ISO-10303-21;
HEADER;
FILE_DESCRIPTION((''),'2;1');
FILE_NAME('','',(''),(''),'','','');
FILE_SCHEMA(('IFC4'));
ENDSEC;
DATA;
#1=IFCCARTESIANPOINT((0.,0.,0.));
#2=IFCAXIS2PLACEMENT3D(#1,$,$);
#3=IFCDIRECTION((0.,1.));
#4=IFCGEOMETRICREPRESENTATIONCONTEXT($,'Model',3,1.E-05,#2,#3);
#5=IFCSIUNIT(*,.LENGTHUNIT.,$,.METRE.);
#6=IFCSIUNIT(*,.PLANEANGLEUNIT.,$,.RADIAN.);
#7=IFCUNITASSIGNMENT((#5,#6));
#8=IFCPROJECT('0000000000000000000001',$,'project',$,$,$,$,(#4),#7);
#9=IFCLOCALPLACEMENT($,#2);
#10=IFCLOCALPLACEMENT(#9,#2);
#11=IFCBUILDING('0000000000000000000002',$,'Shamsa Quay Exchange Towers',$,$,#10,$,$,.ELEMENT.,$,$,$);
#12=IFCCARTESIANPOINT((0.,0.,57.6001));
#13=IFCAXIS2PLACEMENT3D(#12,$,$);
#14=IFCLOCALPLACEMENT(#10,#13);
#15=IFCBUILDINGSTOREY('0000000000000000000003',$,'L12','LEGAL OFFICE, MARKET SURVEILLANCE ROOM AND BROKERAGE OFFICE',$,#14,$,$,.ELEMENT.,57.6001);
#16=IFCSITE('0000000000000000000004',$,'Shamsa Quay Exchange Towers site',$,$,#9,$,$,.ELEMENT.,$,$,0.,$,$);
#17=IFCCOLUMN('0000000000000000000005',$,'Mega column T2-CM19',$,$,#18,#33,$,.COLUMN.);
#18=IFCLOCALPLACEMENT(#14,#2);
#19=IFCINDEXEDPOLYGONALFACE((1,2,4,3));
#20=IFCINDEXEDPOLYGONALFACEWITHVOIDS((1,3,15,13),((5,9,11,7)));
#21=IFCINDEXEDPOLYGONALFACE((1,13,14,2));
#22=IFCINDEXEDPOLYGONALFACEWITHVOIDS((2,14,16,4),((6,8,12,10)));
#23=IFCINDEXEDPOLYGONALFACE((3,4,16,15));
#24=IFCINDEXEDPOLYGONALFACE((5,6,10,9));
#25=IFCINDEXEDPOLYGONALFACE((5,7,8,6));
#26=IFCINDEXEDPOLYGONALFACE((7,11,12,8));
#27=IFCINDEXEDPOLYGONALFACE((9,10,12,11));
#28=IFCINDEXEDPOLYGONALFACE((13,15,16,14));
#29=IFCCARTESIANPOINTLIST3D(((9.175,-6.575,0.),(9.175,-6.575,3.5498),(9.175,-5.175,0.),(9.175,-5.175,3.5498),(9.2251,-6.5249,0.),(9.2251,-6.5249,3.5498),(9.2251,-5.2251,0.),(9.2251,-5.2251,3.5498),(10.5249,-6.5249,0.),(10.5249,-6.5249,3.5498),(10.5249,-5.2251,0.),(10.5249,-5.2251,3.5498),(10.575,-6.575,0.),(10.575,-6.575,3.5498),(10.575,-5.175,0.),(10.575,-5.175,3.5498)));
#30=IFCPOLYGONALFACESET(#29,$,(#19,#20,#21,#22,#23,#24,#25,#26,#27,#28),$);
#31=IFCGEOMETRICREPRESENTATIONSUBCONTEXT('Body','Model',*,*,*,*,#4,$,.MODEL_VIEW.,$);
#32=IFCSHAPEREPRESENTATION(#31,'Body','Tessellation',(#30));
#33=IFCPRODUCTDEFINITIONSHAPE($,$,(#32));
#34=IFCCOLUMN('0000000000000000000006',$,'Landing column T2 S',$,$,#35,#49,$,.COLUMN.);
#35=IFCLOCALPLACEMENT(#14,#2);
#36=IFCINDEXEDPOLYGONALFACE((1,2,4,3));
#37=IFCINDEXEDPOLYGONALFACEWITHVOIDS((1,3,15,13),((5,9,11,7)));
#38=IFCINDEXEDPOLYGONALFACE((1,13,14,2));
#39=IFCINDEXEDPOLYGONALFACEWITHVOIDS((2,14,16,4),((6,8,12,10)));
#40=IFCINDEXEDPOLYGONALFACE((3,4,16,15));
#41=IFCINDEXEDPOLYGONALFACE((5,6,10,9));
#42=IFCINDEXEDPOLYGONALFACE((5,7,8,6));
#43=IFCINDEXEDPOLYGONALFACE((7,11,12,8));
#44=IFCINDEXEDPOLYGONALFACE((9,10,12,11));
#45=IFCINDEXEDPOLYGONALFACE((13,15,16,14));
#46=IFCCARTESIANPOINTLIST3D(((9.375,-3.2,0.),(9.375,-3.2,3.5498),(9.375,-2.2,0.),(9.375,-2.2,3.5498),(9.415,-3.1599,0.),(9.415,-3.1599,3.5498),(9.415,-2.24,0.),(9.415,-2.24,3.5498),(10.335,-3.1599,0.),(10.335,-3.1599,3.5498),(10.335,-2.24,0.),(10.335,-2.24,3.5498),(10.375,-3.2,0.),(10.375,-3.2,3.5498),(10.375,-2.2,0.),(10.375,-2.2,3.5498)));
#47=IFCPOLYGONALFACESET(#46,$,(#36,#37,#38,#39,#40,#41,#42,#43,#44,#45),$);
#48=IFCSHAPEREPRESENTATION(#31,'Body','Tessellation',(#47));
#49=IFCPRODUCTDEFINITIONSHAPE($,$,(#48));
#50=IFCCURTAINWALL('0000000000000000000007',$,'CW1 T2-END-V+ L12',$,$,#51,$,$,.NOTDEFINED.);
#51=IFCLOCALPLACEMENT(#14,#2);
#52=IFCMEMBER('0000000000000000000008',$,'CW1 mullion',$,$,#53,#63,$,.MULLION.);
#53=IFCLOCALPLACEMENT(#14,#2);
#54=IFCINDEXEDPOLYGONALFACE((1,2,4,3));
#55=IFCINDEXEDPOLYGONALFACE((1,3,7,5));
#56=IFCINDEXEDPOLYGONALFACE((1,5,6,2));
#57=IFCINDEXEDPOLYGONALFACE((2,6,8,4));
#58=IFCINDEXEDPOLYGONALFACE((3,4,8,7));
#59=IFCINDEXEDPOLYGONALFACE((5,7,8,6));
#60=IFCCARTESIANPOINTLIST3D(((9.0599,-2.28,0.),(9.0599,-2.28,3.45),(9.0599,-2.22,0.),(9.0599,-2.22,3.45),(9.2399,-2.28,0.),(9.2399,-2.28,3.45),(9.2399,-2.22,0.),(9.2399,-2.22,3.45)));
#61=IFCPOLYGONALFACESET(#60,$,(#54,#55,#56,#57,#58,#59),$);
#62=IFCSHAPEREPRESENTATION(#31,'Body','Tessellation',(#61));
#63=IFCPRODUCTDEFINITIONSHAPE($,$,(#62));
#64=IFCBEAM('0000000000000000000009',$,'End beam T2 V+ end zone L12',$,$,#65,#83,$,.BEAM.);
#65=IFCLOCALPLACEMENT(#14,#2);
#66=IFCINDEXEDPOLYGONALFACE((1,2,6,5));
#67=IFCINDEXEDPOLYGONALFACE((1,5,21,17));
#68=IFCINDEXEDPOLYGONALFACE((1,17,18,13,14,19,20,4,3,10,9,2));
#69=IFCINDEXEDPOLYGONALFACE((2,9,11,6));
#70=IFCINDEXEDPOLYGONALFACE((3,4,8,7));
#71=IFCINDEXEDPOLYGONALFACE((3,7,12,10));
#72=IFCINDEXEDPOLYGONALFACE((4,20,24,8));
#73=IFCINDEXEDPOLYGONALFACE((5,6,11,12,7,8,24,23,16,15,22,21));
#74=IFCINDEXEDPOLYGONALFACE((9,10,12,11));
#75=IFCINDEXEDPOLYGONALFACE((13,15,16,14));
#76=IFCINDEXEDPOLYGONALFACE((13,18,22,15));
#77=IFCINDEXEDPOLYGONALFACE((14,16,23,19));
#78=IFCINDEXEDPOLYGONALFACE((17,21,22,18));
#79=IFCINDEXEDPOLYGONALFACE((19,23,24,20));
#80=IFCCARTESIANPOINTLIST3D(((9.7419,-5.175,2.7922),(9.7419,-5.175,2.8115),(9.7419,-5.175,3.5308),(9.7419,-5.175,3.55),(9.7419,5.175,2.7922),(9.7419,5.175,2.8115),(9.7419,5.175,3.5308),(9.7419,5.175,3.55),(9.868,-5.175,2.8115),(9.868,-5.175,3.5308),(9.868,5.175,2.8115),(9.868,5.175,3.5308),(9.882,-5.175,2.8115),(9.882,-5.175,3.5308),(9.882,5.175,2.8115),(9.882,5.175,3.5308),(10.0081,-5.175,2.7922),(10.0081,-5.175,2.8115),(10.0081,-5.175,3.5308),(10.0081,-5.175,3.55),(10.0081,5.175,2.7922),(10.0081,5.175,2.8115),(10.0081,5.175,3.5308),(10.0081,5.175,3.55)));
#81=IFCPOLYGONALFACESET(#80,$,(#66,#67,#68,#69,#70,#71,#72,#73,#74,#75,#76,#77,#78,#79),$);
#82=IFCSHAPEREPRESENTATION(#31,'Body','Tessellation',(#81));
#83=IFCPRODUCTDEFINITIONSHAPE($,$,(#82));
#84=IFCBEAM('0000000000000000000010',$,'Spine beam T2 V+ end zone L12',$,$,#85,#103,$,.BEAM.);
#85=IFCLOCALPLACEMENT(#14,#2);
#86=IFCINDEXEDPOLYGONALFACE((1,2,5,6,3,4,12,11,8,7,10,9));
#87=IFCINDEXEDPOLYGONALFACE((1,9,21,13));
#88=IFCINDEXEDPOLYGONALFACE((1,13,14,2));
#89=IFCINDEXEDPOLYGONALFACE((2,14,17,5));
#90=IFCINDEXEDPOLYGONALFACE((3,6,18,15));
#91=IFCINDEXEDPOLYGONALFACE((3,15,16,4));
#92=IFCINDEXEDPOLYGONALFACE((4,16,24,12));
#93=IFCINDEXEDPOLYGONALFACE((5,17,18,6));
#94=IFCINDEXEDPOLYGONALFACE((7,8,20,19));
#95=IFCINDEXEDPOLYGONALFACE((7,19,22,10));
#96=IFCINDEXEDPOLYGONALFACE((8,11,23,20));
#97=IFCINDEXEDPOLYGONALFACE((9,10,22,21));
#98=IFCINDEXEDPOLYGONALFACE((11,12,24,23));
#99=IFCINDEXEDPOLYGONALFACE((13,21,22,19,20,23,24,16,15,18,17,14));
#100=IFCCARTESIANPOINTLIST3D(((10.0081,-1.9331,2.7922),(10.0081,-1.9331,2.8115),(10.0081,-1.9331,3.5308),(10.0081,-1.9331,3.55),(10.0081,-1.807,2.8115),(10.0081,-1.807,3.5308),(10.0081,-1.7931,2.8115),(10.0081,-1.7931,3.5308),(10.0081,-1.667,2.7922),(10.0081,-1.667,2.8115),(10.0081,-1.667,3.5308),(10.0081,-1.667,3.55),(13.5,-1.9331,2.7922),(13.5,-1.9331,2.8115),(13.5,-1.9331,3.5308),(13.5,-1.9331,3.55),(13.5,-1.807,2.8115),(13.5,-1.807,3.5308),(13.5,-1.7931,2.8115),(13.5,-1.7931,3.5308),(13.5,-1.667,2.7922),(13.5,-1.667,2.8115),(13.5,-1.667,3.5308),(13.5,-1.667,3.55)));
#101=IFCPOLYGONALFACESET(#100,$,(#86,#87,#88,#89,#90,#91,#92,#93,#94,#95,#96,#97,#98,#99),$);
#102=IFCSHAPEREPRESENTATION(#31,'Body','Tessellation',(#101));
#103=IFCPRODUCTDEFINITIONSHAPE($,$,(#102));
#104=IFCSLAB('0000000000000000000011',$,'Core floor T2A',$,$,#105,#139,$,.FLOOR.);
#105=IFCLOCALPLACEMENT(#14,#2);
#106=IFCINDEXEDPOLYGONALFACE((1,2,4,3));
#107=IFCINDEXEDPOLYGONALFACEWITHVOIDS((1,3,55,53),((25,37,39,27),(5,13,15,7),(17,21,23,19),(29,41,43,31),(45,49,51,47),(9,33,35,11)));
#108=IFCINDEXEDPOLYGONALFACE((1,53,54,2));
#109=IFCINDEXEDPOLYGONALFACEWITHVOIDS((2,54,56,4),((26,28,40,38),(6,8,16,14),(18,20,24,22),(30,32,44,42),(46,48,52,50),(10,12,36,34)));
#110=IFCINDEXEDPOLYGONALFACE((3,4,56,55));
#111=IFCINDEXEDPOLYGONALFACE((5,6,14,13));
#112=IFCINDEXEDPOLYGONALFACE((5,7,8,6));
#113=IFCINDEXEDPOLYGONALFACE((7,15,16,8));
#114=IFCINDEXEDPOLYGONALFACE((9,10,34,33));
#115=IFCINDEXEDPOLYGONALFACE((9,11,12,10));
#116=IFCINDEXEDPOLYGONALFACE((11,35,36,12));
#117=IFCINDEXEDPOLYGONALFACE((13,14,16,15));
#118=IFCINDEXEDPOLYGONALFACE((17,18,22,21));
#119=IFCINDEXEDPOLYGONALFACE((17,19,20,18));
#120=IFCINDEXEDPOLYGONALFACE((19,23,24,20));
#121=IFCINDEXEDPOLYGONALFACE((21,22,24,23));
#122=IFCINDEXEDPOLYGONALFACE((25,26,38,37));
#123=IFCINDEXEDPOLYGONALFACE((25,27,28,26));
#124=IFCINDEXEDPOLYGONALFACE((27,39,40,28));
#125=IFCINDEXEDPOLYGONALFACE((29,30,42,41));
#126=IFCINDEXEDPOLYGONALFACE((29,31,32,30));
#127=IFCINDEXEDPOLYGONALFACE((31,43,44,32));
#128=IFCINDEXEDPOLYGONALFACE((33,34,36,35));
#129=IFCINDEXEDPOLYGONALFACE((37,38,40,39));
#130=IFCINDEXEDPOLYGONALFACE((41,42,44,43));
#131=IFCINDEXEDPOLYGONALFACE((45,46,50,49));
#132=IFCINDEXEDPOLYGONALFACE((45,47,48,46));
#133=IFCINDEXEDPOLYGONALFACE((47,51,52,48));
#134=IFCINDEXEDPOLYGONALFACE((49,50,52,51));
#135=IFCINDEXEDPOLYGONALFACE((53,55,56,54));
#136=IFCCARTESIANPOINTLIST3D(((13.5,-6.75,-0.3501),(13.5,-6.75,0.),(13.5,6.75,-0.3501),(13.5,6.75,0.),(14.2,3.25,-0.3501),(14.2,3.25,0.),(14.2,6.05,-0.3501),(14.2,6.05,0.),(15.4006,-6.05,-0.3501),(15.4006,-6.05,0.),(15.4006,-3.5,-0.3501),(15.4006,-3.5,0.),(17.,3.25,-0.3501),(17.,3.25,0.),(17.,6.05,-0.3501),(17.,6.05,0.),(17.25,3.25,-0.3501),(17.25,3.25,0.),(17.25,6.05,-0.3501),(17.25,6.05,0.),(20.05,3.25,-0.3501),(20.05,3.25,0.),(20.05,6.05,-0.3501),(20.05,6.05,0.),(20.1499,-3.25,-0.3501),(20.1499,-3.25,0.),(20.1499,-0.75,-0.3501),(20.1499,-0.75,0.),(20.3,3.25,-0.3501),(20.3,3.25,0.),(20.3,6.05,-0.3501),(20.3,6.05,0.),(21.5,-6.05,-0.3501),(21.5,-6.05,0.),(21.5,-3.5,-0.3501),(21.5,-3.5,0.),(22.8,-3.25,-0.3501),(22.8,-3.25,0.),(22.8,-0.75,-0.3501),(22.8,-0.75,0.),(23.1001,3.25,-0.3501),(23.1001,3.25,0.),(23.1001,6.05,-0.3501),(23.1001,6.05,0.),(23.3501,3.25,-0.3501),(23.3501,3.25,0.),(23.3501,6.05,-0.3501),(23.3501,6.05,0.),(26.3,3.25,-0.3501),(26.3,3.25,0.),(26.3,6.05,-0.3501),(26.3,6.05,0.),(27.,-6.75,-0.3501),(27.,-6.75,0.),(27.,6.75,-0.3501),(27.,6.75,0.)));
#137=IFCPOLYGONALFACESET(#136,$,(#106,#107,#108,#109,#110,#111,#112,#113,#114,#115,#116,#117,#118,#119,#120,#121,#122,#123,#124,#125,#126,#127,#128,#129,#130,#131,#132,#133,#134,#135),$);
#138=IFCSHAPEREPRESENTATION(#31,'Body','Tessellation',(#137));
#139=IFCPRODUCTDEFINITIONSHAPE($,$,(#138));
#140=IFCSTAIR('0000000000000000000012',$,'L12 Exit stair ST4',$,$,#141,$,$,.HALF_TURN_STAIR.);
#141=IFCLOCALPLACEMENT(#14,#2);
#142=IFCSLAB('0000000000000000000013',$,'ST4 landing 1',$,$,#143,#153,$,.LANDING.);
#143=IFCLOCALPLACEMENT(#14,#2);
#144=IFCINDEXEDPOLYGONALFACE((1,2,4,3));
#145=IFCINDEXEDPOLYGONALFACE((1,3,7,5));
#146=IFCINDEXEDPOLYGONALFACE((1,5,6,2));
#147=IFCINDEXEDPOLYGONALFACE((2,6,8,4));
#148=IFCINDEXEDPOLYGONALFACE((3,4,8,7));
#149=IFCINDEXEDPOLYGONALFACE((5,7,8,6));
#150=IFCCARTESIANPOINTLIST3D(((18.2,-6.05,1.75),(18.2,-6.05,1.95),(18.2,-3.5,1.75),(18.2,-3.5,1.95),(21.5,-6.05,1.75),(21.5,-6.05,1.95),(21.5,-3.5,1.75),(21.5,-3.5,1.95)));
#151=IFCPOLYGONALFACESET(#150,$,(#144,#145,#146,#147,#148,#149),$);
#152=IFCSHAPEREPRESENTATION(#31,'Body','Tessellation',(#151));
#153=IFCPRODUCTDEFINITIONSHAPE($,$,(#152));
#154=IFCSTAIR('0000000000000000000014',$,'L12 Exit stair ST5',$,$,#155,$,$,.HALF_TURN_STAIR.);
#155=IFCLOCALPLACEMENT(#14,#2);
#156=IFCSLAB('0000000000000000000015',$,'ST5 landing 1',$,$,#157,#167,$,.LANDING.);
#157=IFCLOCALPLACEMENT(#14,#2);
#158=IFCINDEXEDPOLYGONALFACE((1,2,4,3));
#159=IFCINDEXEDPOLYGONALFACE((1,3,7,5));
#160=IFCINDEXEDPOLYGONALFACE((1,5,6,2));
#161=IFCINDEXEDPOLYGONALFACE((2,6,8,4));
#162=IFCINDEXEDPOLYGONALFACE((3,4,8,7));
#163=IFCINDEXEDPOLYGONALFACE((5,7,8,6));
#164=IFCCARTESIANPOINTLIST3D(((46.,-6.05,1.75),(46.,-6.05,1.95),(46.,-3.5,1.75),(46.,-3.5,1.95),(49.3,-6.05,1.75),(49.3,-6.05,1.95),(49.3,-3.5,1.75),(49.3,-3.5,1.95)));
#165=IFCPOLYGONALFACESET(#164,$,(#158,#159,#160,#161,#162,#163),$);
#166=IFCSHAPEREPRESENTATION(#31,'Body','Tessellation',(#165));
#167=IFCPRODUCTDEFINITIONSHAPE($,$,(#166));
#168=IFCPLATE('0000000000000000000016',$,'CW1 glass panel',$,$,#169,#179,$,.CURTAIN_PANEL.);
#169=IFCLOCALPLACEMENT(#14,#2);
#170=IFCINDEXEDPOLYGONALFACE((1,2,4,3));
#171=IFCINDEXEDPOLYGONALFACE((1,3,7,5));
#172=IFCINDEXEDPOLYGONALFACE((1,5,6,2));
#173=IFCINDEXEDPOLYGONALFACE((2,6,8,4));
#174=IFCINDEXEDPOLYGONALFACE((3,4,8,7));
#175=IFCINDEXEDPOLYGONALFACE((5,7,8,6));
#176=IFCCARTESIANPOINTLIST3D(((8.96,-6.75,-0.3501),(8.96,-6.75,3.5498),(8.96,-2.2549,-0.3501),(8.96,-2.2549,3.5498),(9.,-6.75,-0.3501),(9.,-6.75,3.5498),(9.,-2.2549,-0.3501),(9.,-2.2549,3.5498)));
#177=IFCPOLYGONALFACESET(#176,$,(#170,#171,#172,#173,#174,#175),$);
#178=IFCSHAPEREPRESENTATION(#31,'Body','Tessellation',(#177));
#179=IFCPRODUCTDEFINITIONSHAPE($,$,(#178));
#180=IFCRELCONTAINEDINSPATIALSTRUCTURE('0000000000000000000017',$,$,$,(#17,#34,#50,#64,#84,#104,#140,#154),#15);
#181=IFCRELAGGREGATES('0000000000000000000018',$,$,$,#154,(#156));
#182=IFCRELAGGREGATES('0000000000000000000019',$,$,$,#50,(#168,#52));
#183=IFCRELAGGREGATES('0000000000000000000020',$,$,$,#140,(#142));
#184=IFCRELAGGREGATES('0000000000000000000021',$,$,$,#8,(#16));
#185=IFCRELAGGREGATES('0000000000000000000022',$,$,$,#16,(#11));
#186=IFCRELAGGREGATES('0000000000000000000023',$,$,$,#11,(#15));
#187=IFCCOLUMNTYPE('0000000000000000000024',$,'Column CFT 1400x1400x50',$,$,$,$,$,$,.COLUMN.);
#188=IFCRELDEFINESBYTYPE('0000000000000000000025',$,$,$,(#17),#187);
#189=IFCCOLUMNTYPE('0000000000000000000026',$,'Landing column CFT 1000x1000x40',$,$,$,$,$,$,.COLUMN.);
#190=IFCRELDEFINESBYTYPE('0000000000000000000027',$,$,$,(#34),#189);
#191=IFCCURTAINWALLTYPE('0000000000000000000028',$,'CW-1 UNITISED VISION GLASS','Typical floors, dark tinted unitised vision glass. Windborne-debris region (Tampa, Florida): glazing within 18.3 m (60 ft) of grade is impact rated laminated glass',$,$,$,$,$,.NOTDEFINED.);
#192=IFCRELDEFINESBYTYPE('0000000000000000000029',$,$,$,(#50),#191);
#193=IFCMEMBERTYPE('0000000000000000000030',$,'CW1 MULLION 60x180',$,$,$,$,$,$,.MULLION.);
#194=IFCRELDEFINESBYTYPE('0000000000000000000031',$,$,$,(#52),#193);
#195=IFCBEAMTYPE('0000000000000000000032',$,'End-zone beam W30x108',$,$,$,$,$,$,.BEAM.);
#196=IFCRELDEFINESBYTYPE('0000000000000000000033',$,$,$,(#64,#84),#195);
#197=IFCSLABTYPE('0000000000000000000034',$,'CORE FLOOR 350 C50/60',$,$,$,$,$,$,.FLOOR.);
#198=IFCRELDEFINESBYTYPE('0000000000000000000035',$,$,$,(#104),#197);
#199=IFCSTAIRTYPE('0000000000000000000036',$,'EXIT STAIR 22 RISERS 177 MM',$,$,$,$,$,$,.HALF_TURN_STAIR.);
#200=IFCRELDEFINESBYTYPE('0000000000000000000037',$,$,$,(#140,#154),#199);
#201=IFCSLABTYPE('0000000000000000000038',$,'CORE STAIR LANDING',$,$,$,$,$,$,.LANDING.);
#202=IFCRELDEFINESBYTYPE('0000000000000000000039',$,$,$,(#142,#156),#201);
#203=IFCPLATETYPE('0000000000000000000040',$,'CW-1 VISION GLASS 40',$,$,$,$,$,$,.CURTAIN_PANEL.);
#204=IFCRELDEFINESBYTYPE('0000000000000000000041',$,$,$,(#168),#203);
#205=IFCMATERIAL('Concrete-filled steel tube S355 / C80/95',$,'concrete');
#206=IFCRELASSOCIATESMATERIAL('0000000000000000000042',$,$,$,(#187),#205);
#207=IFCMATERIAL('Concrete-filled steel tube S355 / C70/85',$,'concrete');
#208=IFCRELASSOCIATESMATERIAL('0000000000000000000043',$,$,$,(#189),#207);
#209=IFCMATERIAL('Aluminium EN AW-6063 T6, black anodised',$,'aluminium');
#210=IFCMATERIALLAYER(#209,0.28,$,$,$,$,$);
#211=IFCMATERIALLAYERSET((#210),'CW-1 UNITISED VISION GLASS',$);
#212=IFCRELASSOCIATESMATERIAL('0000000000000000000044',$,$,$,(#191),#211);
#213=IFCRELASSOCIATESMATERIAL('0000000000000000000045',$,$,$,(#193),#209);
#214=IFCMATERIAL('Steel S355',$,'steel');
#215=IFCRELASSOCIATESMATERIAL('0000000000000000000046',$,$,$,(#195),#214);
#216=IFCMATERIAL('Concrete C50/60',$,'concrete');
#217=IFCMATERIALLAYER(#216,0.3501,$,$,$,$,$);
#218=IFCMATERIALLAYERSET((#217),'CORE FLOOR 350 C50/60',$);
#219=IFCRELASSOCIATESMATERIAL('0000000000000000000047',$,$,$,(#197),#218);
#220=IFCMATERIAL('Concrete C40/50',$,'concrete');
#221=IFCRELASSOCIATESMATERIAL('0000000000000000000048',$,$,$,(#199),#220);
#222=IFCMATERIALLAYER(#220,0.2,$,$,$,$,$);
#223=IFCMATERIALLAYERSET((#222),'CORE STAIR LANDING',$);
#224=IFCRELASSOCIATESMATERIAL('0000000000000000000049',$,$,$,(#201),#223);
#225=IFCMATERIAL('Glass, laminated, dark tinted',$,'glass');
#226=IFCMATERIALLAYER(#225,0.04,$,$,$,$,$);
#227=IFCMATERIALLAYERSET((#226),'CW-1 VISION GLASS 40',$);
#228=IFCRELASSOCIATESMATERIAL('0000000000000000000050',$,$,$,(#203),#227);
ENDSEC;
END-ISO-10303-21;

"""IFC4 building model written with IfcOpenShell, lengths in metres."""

from ifc_helpers import new_model, si_unit, direction, frame, origin, origin_2d, place, context, subcontext, project, spatial, polyline, rectangle, hollow_rectangle, i_section, outline, extrude, material, layer, layer_set, material_profile, profile_set, type_object, element, aggregate, save


model = new_model("IFC4")

# Units and contexts
model_context = context("Model", 3, precision=1e-05, world=origin(), true_north=direction((0.0, 1.0)))
body_context = subcontext(model_context, "Body", "Model", "MODEL_VIEW")
ifc_project = project(units=[si_unit("LENGTHUNIT", "METRE"), si_unit("PLANEANGLEUNIT", "RADIAN")], contexts=[model_context])

# Site, building, storey
site_placement = place(None, origin())
site = spatial("IfcSite", under=ifc_project, at=site_placement, Name="Shamsa Quay Exchange Towers site", CompositionType="ELEMENT", RefElevation=0.0)
building_placement = place(site_placement, origin())
building = spatial("IfcBuilding", under=site, at=building_placement, Name="Shamsa Quay Exchange Towers", CompositionType="ELEMENT")
storey_placement = place(building_placement, frame((0.0, 0.0, 57.6001)))
storey = spatial("IfcBuildingStorey", under=building, at=storey_placement, Name="L12", Description="LEGAL OFFICE, MARKET SURVEILLANCE ROOM AND BROKERAGE OFFICE", CompositionType="ELEMENT", Elevation=57.6001)

# Columns
ifc_material_1 = material(Name="Concrete-filled steel tube S355 / C80/95", Category="concrete")
ifc_material_profile_1 = material_profile(ifc_material_1, hollow_rectangle(XDim=1.3999, YDim=1.3999, WallThickness=0.05, at=origin_2d()), Name="CFT 1400x1400x50")
ifc_profile_set_1 = profile_set([ifc_material_profile_1], Name="Concrete-filled steel tube S355 / C80/95")
column_type_1 = type_object("IfcColumnType", Name="Column CFT 1400x1400x50", PredefinedType="COLUMN", material=ifc_profile_set_1)
column_1_placement = place(storey_placement, frame((9.875, -5.875, 0.0)))
element("IfcColumn", 1, at=column_1_placement, inside=storey, type_object=column_type_1, Name="Mega column T2-CM19", PredefinedType="COLUMN", context=body_context, shape_type="SweptSolid", body=[
    extrude(hollow_rectangle(XDim=1.3999, YDim=1.3999, WallThickness=0.05, at=origin_2d()), origin(), (0.0, 0.0, 1.0), 3.5498),
])
ifc_material_2 = material(Name="Concrete-filled steel tube S355 / C70/85", Category="concrete")
ifc_material_profile_2 = material_profile(ifc_material_2, hollow_rectangle(XDim=1.0, YDim=1.0, WallThickness=0.04, at=origin_2d()), Name="CFT 1000x1000x40")
ifc_profile_set_2 = profile_set([ifc_material_profile_2], Name="Concrete-filled steel tube S355 / C70/85")
column_type_2 = type_object("IfcColumnType", Name="Landing column CFT 1000x1000x40", PredefinedType="COLUMN", material=ifc_profile_set_2)
column_2_placement = place(storey_placement, frame((9.875, -2.7, 0.0)))
element("IfcColumn", 2, at=column_2_placement, inside=storey, type_object=column_type_2, Name="Landing column T2 S", PredefinedType="COLUMN", context=body_context, shape_type="SweptSolid", body=[
    extrude(hollow_rectangle(XDim=1.0, YDim=1.0, WallThickness=0.04, at=origin_2d()), origin(), (0.0, 0.0, 1.0), 3.5498),
])

# Curtain wall, member
ifc_material_3 = material(Name="Aluminium EN AW-6063 T6, black anodised", Category="aluminium")
ifc_layer_1 = layer(ifc_material_3, 0.28)
ifc_layer_set_1 = layer_set([ifc_layer_1], Name="CW-1 UNITISED VISION GLASS")
curtain_wall_type_1 = type_object("IfcCurtainWallType", Name="CW-1 UNITISED VISION GLASS", Description="Typical floors, dark tinted unitised vision glass. Windborne-debris region (Tampa, Florida): glazing within 18.3 m (60 ft) of grade is impact rated laminated glass", PredefinedType="NOTDEFINED", material=ifc_layer_set_1)
curtain_wall_1_placement = place(storey_placement, origin())
curtain_wall_1 = element("IfcCurtainWall", 3, at=curtain_wall_1_placement, inside=storey, type_object=curtain_wall_type_1, Name="CW1 T2-END-V+ L12", PredefinedType="NOTDEFINED")
ifc_material_profile_3 = material_profile(ifc_material_3, rectangle(XDim=0.1799, YDim=0.0601, at=origin_2d()), Name="MU60x180")
ifc_profile_set_3 = profile_set([ifc_material_profile_3], Name="Aluminium EN AW-6063 T6, black anodised")
member_type = type_object("IfcMemberType", Name="CW1 MULLION 60x180", PredefinedType="MULLION", material=ifc_profile_set_3)
member_placement = place(storey_placement, frame((9.1499, -2.25, 0.0)))
member = element("IfcMember", 4, at=member_placement, type_object=member_type, Name="CW1 mullion", PredefinedType="MULLION", context=body_context, shape_type="SweptSolid", body=[
    extrude(rectangle(XDim=0.1799, YDim=0.0601, at=origin_2d()), origin(), (0.0, 0.0, 1.0), 3.45),
])

# Beams
ifc_material_4 = material(Name="Steel S355", Category="steel")
ifc_material_profile_4 = material_profile(ifc_material_4, i_section(OverallWidth=0.2661, OverallDepth=0.7578, WebThickness=0.0139, FlangeThickness=0.0193, at=origin_2d()), Name="W30x108")
ifc_profile_set_4 = profile_set([ifc_material_profile_4], Name="Steel S355")
beam_type = type_object("IfcBeamType", Name="End-zone beam W30x108", PredefinedType="BEAM", material=ifc_profile_set_4)
beam_1_placement = place(storey_placement, frame((9.875, -5.175, 3.1711), z_axis=(0.0, 1.0, 0.0), x_axis=(-1.0, 0.0, 0.0)))
element("IfcBeam", 5, at=beam_1_placement, inside=storey, type_object=beam_type, Name="End beam T2 V+ end zone L12", PredefinedType="BEAM", context=body_context, shape_type="SweptSolid", body=[
    extrude(i_section(OverallWidth=0.2661, OverallDepth=0.7578, WebThickness=0.0139, FlangeThickness=0.0193, at=origin_2d()), origin(), (0.0, 0.0, 1.0), 10.3501),
])
beam_2_placement = place(storey_placement, frame((13.5, -1.8, 3.1711), z_axis=(-1.0, 0.0, 0.0), x_axis=(0.0, -1.0, 0.0)))
element("IfcBeam", 6, at=beam_2_placement, inside=storey, type_object=beam_type, Name="Spine beam T2 V+ end zone L12", PredefinedType="BEAM", context=body_context, shape_type="SweptSolid", body=[
    extrude(i_section(OverallWidth=0.2661, OverallDepth=0.7578, WebThickness=0.0139, FlangeThickness=0.0193, at=origin_2d()), origin(), (0.0, 0.0, 1.0), 3.4919),
])

# Slab
ifc_material_5 = material(Name="Concrete C50/60", Category="concrete")
ifc_layer_2 = layer(ifc_material_5, 0.3501)
ifc_layer_set_2 = layer_set([ifc_layer_2], Name="CORE FLOOR 350 C50/60")
slab_type_1 = type_object("IfcSlabType", Name="CORE FLOOR 350 C50/60", PredefinedType="FLOOR", material=ifc_layer_set_2)
slab_1_placement = place(storey_placement, frame((0.0, 0.0, -0.3501)))
element("IfcSlab", 7, at=slab_1_placement, inside=storey, type_object=slab_type_1, Name="Core floor T2A", PredefinedType="FLOOR", context=body_context, shape_type="SweptSolid", body=[
    extrude(outline(polyline([(13.5, -6.75), (27.0, -6.75), (27.0, 6.75), (13.5, 6.75), (13.5, -6.75)]), holes=[polyline([(15.4006, -6.05), (15.4006, -3.5), (21.5, -3.5), (21.5, -6.05), (15.4006, -6.05)]), polyline([(14.2, 3.25), (14.2, 6.05), (17.0, 6.05), (17.0, 3.25), (14.2, 3.25)]), polyline([(17.25, 3.25), (17.25, 6.05), (20.05, 6.05), (20.05, 3.25), (17.25, 3.25)]), polyline([(20.3, 3.25), (20.3, 6.05), (23.1001, 6.05), (23.1001, 3.25), (20.3, 3.25)]), polyline([(23.3501, 3.25), (23.3501, 6.05), (26.3, 6.05), (26.3, 3.25), (23.3501, 3.25)]), polyline([(20.1499, -3.25), (20.1499, -0.75), (22.8, -0.75), (22.8, -3.25), (20.1499, -3.25)])]), origin(), (0.0, 0.0, 1.0), 0.3501),
])

# Stairs, slabs
ifc_material_6 = material(Name="Concrete C40/50", Category="concrete")
stair_type = type_object("IfcStairType", Name="EXIT STAIR 22 RISERS 177 MM", PredefinedType="HALF_TURN_STAIR", material=ifc_material_6)
stair_1_placement = place(storey_placement, origin())
stair_1 = element("IfcStair", 8, at=stair_1_placement, inside=storey, type_object=stair_type, Name="L12 Exit stair ST4", PredefinedType="HALF_TURN_STAIR")
ifc_layer_3 = layer(ifc_material_6, 0.2)
ifc_layer_set_3 = layer_set([ifc_layer_3], Name="CORE STAIR LANDING")
slab_type_2 = type_object("IfcSlabType", Name="CORE STAIR LANDING", PredefinedType="LANDING", material=ifc_layer_set_3)
slab_2_placement = place(storey_placement, frame((0.0, 0.0, 1.75)))
slab_2 = element("IfcSlab", 9, at=slab_2_placement, type_object=slab_type_2, Name="ST4 landing 1", PredefinedType="LANDING", context=body_context, shape_type="SweptSolid", body=[
    extrude(outline(polyline([(18.2, -6.05), (21.5, -6.05), (21.5, -3.5), (18.2, -3.5), (18.2, -6.05)])), origin(), (0.0, 0.0, 1.0), 0.2),
])
stair_2_placement = place(storey_placement, origin())
stair_2 = element("IfcStair", 10, at=stair_2_placement, inside=storey, type_object=stair_type, Name="L12 Exit stair ST5", PredefinedType="HALF_TURN_STAIR")
slab_3_placement = place(storey_placement, frame((0.0, 0.0, 1.75)))
slab_3 = element("IfcSlab", 11, at=slab_3_placement, type_object=slab_type_2, Name="ST5 landing 1", PredefinedType="LANDING", context=body_context, shape_type="SweptSolid", body=[
    extrude(outline(polyline([(49.3, -3.5), (46.0, -3.5), (46.0, -6.05), (49.3, -6.05), (49.3, -3.5)])), origin(), (0.0, 0.0, 1.0), 0.2),
])
aggregate(stair_2, [slab_3])

# Plate
ifc_material_7 = material(Name="Glass, laminated, dark tinted", Category="glass")
ifc_layer_4 = layer(ifc_material_7, 0.04)
ifc_layer_set_4 = layer_set([ifc_layer_4], Name="CW-1 VISION GLASS 40")
plate_type_1 = type_object("IfcPlateType", Name="CW-1 VISION GLASS 40", PredefinedType="CURTAIN_PANEL", material=ifc_layer_set_4)
plate_1_placement = place(storey_placement, frame((8.98, -4.5024, -0.3501), z_axis=(0.0, 0.0, 1.0), x_axis=(0.0, -1.0, 0.0)))
plate_1 = element("IfcPlate", 12, at=plate_1_placement, type_object=plate_type_1, Name="CW1 glass panel", PredefinedType="CURTAIN_PANEL", context=body_context, shape_type="SweptSolid", body=[
    extrude(rectangle(XDim=4.4951, YDim=0.04, at=origin_2d()), origin(), (0.0, 0.0, 1.0), 3.8999),
])
aggregate(curtain_wall_1, [plate_1, member])

aggregate(stair_1, [slab_2])

save(model, "model.ifc")
